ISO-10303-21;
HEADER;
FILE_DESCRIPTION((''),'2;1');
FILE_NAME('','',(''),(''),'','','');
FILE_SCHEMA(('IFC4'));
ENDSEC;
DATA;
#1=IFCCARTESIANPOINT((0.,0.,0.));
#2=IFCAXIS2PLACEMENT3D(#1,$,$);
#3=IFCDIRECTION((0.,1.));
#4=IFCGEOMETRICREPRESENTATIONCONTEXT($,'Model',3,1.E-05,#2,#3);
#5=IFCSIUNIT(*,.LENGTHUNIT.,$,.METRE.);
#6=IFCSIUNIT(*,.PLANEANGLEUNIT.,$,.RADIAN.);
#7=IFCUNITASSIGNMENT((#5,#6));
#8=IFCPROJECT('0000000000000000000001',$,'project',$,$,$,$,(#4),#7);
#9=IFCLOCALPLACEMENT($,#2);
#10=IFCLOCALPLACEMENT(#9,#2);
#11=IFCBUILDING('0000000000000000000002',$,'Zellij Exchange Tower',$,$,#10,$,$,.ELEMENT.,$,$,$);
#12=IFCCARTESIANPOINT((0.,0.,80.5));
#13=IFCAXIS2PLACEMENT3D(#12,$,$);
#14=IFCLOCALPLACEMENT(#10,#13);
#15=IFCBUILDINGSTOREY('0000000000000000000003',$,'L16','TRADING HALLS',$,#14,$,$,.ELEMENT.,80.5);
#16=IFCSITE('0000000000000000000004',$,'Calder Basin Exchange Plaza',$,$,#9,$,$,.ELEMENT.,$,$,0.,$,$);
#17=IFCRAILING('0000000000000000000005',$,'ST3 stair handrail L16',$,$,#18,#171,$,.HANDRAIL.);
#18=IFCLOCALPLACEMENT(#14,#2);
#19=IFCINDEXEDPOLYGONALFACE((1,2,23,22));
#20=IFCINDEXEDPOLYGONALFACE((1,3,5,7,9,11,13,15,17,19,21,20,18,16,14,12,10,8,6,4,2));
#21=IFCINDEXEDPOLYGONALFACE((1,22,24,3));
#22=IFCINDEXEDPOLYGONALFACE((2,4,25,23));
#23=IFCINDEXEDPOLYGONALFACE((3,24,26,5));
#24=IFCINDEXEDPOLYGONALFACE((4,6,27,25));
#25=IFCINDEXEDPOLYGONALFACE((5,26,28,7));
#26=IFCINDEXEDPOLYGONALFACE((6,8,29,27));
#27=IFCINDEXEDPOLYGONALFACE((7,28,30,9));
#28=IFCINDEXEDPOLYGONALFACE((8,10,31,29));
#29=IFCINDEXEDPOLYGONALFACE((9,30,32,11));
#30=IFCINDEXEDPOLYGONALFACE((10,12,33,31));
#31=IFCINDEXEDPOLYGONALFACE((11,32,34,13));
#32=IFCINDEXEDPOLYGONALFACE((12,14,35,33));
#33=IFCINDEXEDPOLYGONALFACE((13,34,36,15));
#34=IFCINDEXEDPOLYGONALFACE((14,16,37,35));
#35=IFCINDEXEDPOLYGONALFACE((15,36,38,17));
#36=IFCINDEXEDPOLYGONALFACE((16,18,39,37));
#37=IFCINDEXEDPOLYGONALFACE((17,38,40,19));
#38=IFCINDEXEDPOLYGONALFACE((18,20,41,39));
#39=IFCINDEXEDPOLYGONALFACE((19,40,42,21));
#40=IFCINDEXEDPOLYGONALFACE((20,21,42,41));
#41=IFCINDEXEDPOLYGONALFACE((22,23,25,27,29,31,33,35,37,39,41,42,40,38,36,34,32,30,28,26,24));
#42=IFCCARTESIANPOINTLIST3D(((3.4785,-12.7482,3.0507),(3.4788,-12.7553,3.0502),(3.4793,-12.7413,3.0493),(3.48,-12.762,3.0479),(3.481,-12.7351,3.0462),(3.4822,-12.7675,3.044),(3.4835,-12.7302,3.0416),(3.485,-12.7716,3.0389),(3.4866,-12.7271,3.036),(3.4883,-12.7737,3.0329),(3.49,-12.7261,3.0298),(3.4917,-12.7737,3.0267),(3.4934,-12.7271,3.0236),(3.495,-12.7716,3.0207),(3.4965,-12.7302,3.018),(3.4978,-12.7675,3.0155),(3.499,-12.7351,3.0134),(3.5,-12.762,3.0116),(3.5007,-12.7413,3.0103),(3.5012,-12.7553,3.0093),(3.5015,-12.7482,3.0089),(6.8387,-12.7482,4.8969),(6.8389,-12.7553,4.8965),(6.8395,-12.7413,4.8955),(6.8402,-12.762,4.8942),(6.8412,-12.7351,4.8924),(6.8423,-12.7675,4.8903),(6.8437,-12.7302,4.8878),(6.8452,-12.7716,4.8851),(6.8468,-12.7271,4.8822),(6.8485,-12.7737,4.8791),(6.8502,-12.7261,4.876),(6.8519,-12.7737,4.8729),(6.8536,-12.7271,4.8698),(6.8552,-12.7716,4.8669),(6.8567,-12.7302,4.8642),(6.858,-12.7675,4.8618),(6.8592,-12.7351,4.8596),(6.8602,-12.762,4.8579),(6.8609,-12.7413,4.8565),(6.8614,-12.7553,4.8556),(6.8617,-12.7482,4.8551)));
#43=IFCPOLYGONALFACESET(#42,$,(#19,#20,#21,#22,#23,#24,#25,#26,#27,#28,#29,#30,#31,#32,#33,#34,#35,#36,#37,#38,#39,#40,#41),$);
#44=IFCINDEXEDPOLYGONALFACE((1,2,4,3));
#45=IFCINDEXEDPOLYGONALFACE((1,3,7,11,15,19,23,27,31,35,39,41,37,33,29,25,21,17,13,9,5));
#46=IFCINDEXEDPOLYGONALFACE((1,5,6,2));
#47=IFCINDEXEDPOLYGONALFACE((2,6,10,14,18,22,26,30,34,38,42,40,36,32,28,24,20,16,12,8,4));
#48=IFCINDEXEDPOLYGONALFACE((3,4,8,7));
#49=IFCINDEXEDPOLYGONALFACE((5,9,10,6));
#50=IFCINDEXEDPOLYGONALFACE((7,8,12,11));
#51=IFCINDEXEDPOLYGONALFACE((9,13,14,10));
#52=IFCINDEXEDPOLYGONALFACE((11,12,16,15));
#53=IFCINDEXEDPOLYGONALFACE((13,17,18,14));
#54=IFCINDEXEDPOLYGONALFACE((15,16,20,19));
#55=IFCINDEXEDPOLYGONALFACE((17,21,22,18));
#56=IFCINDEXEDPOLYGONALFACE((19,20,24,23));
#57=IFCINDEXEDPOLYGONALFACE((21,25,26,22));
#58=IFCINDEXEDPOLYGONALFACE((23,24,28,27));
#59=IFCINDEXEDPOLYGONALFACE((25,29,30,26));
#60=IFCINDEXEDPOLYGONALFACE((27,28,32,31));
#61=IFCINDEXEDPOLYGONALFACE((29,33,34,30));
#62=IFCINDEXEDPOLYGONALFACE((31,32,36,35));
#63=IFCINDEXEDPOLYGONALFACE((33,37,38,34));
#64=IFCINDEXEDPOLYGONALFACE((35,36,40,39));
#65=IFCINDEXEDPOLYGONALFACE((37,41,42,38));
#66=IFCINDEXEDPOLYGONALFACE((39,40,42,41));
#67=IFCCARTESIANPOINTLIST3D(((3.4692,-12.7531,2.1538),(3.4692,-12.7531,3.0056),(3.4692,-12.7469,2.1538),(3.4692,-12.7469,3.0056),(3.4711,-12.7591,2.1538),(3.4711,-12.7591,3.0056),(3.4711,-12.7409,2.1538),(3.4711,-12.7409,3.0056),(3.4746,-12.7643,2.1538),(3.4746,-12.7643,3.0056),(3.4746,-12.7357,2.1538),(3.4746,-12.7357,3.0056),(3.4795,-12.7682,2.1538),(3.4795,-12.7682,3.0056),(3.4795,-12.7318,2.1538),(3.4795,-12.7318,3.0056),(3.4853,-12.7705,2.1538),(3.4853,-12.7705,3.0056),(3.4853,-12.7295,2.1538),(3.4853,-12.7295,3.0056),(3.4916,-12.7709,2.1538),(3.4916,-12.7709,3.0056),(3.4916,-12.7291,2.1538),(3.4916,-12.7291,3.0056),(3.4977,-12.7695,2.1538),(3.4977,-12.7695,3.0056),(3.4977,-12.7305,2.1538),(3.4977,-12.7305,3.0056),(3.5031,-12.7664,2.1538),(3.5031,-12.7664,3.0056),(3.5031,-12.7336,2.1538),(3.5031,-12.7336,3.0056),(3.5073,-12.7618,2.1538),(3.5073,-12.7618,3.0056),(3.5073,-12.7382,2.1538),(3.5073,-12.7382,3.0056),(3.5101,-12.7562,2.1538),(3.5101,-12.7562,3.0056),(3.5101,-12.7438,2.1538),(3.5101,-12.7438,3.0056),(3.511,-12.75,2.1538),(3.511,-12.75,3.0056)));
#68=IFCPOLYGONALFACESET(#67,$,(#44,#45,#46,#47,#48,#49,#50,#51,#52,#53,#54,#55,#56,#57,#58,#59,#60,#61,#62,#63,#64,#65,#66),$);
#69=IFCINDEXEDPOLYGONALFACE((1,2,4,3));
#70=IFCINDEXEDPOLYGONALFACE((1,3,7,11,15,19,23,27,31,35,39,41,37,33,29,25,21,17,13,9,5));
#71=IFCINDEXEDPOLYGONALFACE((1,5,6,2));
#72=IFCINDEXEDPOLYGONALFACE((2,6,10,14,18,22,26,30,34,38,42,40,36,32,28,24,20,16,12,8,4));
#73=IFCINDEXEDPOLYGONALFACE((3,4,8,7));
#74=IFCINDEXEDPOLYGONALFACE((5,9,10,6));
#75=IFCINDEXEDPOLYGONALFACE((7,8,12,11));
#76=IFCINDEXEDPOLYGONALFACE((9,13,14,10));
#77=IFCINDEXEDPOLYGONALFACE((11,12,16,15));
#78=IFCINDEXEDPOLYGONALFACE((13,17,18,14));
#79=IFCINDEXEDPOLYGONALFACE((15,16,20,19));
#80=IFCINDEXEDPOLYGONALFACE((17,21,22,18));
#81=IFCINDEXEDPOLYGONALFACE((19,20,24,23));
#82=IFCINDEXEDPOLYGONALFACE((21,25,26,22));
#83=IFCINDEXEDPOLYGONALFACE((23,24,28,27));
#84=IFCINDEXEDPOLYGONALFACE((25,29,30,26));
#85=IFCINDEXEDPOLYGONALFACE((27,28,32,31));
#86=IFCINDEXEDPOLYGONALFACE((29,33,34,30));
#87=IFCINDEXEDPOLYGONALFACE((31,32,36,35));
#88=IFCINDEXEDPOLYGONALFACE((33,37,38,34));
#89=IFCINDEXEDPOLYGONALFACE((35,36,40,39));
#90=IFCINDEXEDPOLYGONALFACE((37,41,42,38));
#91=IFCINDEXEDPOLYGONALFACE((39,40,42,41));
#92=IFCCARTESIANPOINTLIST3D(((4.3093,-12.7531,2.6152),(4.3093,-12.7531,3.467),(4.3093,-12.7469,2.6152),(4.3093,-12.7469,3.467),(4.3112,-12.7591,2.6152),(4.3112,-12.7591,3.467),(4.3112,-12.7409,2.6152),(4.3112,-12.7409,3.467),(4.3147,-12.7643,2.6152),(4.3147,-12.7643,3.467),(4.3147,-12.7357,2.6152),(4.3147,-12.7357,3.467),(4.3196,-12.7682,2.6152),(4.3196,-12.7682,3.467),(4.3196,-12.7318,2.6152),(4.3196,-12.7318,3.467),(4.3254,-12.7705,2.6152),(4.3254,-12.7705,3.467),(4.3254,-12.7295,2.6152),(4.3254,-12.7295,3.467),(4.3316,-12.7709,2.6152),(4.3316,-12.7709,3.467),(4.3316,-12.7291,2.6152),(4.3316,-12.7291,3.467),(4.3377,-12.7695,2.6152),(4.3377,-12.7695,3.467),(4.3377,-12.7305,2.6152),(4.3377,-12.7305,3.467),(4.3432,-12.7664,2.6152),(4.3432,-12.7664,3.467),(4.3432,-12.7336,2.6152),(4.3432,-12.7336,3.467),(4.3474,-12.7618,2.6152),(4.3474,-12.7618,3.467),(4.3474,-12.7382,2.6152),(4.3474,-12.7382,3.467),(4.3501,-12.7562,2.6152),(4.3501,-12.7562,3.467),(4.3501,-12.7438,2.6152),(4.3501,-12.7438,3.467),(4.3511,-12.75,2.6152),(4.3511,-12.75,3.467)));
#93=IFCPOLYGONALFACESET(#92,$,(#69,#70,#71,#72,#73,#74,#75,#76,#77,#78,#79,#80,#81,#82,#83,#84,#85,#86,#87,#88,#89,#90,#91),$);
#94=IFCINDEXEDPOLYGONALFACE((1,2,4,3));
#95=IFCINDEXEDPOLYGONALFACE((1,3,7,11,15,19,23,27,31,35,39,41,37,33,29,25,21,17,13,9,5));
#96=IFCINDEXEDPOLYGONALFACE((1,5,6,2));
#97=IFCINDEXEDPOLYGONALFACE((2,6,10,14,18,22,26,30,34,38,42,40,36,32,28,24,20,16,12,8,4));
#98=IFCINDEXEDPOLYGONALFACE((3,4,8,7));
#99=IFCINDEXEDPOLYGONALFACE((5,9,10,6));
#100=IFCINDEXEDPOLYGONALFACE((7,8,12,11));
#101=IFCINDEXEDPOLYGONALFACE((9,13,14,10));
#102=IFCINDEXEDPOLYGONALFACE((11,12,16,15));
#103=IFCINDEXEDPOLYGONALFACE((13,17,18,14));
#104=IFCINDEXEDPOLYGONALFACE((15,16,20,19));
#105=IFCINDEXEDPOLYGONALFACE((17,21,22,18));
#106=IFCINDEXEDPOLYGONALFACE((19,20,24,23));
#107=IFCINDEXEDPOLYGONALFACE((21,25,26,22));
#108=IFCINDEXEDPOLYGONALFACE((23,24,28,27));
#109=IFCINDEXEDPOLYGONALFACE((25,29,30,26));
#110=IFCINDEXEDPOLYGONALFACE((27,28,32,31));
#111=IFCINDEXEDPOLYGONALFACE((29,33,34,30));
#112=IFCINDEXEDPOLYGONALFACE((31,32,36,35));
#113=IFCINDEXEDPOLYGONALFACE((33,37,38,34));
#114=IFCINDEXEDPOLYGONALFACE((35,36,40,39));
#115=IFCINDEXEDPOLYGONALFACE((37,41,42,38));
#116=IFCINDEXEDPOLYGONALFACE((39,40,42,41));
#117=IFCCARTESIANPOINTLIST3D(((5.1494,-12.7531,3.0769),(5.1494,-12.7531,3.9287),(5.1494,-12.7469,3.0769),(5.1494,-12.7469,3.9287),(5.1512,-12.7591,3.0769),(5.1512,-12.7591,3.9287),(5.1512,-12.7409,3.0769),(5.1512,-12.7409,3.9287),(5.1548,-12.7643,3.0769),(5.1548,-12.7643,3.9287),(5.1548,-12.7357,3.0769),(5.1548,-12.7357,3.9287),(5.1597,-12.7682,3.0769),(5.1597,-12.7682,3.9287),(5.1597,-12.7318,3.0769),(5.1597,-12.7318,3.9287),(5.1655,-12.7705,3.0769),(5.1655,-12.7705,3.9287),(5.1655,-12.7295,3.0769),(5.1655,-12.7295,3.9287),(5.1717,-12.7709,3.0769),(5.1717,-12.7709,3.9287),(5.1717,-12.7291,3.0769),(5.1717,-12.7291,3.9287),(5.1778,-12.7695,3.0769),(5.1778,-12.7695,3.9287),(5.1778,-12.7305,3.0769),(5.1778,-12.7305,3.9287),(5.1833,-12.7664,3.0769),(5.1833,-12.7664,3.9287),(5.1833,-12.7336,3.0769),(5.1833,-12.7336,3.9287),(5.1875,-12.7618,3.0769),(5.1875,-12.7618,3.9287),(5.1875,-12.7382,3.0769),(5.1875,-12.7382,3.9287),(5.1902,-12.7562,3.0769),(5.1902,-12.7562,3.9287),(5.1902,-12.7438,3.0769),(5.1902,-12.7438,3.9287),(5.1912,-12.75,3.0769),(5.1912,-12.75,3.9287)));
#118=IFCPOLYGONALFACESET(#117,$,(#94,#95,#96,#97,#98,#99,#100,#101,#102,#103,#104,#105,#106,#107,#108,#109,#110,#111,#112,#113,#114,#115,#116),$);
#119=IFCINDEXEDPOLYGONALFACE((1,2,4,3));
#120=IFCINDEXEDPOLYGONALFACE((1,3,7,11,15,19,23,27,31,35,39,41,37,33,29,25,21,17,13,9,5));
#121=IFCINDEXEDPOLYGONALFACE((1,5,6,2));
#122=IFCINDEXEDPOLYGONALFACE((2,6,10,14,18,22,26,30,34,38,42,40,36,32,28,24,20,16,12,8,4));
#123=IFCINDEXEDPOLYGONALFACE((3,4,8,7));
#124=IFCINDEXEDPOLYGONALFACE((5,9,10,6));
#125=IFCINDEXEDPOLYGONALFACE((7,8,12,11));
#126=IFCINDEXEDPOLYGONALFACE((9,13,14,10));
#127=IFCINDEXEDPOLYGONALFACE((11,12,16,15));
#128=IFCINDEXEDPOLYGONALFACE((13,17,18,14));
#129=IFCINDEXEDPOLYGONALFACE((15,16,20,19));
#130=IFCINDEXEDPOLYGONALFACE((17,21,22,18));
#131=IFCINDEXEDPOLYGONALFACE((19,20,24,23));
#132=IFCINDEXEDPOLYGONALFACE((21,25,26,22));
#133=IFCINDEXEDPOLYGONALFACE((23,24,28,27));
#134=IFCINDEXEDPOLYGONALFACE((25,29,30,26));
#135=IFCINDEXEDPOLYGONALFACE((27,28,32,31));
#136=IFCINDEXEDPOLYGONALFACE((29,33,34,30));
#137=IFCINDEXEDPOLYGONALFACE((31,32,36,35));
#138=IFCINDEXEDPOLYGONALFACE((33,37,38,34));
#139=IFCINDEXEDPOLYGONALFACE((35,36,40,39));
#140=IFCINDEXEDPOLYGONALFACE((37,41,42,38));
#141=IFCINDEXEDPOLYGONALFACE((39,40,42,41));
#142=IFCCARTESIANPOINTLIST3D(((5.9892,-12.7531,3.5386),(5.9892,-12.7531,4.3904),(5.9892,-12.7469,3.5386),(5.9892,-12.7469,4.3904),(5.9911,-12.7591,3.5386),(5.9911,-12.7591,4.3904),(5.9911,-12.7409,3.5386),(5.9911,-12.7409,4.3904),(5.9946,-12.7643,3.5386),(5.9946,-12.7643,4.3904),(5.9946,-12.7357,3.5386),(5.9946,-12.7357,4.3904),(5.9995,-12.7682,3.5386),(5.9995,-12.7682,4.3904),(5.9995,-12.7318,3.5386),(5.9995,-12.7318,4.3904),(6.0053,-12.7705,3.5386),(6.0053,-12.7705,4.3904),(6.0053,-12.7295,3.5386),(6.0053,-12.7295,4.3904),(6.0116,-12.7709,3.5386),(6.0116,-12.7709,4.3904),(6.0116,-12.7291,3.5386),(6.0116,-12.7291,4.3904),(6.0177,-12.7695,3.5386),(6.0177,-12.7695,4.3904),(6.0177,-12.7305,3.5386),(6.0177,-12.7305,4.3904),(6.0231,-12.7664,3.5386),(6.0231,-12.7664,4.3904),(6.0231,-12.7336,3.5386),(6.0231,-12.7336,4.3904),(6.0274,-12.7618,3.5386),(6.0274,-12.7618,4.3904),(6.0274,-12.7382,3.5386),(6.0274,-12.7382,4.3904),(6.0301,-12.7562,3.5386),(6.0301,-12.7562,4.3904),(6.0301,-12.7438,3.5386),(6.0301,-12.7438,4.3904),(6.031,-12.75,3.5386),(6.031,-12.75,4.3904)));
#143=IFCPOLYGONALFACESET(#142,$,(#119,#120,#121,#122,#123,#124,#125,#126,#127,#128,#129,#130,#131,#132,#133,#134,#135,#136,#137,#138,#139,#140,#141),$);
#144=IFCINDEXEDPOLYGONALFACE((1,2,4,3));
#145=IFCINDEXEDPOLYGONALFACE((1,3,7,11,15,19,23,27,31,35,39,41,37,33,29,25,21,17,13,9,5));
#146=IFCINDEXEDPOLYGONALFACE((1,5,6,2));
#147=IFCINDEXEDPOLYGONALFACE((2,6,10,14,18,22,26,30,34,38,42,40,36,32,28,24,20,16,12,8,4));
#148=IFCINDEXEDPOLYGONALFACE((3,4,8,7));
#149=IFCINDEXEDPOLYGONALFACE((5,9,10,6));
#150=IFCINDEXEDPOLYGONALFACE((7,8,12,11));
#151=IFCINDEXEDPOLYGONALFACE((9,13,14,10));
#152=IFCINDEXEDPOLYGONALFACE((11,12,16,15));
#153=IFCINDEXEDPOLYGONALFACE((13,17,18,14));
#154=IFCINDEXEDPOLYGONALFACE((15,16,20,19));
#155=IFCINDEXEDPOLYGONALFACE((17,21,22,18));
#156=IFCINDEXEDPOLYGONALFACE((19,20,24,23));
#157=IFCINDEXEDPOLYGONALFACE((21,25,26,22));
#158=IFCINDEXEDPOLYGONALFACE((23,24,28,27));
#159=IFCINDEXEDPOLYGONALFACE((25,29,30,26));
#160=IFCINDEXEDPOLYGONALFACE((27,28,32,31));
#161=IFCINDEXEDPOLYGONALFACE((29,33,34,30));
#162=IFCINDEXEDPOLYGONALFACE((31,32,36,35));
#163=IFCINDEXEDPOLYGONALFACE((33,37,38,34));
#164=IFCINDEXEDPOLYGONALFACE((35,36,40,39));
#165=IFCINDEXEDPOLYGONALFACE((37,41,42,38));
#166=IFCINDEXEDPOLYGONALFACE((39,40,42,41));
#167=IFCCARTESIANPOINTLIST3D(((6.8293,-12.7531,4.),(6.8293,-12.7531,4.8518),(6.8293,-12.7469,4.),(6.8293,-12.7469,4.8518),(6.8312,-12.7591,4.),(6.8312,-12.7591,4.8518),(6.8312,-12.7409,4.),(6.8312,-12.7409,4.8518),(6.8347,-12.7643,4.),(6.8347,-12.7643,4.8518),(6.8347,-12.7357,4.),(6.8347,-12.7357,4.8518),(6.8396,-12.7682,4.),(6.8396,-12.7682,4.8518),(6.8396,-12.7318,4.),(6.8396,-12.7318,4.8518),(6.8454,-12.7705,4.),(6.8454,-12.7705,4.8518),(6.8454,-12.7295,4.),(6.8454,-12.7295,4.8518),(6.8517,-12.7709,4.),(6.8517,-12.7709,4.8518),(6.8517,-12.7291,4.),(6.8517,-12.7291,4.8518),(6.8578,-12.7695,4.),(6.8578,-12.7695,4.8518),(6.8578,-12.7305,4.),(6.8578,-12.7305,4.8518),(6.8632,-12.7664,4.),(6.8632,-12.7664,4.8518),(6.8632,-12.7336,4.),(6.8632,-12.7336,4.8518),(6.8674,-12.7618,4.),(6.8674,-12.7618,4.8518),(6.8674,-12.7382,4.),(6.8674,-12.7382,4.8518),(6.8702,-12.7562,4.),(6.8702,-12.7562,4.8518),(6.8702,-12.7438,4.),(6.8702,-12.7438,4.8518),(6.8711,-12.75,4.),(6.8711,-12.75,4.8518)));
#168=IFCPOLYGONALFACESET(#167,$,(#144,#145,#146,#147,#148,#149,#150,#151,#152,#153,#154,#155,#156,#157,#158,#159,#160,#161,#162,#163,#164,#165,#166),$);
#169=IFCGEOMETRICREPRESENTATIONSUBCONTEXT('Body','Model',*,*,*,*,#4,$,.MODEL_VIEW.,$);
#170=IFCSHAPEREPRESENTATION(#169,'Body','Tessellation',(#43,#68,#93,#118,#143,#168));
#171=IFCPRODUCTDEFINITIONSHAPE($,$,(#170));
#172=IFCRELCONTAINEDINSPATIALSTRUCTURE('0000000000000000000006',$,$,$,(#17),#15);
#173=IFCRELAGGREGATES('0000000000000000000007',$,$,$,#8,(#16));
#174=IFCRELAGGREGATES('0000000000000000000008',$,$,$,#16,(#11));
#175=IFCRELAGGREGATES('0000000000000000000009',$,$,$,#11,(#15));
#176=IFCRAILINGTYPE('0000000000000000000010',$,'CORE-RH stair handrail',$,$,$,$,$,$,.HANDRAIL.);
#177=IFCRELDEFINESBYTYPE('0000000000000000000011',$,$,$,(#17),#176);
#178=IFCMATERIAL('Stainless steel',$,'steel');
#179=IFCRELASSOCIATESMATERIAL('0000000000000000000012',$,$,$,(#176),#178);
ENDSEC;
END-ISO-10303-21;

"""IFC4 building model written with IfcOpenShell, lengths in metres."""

from ifc_helpers import new_model, si_unit, direction, frame, origin, origin_2d, place, context, subcontext, project, spatial, circle, extrude, material, type_object, element, save


model = new_model("IFC4")

# Units and contexts
model_context = context("Model", 3, precision=1e-05, world=origin(), true_north=direction((0.0, 1.0)))
body_context = subcontext(model_context, "Body", "Model", "MODEL_VIEW")
ifc_project = project(units=[si_unit("LENGTHUNIT", "METRE"), si_unit("PLANEANGLEUNIT", "RADIAN")], contexts=[model_context])

# Site, building, storey
site_placement = place(None, origin())
site = spatial("IfcSite", under=ifc_project, at=site_placement, Name="Calder Basin Exchange Plaza", CompositionType="ELEMENT", RefElevation=0.0)
building_placement = place(site_placement, origin())
building = spatial("IfcBuilding", under=site, at=building_placement, Name="Zellij Exchange Tower", CompositionType="ELEMENT")
storey_placement = place(building_placement, frame((0.0, 0.0, 80.5)))
storey = spatial("IfcBuildingStorey", under=building, at=storey_placement, Name="L16", Description="TRADING HALLS", CompositionType="ELEMENT", Elevation=80.5)

# Railing
ifc_material_1 = material(Name="Stainless steel", Category="steel")
railing_type_1 = type_object("IfcRailingType", Name="CORE-RH stair handrail", PredefinedType="HANDRAIL", material=ifc_material_1)
railing_1_placement = place(storey_placement, frame((3.49, -12.75, 2.1538)))
element("IfcRailing", 1, at=railing_1_placement, inside=storey, type_object=railing_type_1, Name="ST3 stair handrail L16", PredefinedType="HANDRAIL", context=body_context, shape_type="SweptSolid", body=[
    extrude(circle(Radius=0.0239, at=origin_2d()), frame((0.0, 0.0, 0.876), z_axis=(0.876422, 0.0, 0.481545), x_axis=(0.0, 1.0, 0.0)), (0.0, 0.0, 1.0), 3.834),
    extrude(circle(Radius=0.021, at=origin_2d()), origin(), (0.0, 0.0, 1.0), 0.8518),
    extrude(circle(Radius=0.021, at=origin_2d()), frame((0.8401, 0.0, 0.4614)), (0.0, 0.0, 1.0), 0.8518),
    extrude(circle(Radius=0.021, at=origin_2d()), frame((1.6802, 0.0, 0.9231)), (0.0, 0.0, 1.0), 0.8518),
    extrude(circle(Radius=0.021, at=origin_2d()), frame((2.52, 0.0, 1.3848)), (0.0, 0.0, 1.0), 0.8518),
    extrude(circle(Radius=0.021, at=origin_2d()), frame((3.3601, 0.0, 1.8462)), (0.0, 0.0, 1.0), 0.8518),
])

save(model, "model.ifc")
